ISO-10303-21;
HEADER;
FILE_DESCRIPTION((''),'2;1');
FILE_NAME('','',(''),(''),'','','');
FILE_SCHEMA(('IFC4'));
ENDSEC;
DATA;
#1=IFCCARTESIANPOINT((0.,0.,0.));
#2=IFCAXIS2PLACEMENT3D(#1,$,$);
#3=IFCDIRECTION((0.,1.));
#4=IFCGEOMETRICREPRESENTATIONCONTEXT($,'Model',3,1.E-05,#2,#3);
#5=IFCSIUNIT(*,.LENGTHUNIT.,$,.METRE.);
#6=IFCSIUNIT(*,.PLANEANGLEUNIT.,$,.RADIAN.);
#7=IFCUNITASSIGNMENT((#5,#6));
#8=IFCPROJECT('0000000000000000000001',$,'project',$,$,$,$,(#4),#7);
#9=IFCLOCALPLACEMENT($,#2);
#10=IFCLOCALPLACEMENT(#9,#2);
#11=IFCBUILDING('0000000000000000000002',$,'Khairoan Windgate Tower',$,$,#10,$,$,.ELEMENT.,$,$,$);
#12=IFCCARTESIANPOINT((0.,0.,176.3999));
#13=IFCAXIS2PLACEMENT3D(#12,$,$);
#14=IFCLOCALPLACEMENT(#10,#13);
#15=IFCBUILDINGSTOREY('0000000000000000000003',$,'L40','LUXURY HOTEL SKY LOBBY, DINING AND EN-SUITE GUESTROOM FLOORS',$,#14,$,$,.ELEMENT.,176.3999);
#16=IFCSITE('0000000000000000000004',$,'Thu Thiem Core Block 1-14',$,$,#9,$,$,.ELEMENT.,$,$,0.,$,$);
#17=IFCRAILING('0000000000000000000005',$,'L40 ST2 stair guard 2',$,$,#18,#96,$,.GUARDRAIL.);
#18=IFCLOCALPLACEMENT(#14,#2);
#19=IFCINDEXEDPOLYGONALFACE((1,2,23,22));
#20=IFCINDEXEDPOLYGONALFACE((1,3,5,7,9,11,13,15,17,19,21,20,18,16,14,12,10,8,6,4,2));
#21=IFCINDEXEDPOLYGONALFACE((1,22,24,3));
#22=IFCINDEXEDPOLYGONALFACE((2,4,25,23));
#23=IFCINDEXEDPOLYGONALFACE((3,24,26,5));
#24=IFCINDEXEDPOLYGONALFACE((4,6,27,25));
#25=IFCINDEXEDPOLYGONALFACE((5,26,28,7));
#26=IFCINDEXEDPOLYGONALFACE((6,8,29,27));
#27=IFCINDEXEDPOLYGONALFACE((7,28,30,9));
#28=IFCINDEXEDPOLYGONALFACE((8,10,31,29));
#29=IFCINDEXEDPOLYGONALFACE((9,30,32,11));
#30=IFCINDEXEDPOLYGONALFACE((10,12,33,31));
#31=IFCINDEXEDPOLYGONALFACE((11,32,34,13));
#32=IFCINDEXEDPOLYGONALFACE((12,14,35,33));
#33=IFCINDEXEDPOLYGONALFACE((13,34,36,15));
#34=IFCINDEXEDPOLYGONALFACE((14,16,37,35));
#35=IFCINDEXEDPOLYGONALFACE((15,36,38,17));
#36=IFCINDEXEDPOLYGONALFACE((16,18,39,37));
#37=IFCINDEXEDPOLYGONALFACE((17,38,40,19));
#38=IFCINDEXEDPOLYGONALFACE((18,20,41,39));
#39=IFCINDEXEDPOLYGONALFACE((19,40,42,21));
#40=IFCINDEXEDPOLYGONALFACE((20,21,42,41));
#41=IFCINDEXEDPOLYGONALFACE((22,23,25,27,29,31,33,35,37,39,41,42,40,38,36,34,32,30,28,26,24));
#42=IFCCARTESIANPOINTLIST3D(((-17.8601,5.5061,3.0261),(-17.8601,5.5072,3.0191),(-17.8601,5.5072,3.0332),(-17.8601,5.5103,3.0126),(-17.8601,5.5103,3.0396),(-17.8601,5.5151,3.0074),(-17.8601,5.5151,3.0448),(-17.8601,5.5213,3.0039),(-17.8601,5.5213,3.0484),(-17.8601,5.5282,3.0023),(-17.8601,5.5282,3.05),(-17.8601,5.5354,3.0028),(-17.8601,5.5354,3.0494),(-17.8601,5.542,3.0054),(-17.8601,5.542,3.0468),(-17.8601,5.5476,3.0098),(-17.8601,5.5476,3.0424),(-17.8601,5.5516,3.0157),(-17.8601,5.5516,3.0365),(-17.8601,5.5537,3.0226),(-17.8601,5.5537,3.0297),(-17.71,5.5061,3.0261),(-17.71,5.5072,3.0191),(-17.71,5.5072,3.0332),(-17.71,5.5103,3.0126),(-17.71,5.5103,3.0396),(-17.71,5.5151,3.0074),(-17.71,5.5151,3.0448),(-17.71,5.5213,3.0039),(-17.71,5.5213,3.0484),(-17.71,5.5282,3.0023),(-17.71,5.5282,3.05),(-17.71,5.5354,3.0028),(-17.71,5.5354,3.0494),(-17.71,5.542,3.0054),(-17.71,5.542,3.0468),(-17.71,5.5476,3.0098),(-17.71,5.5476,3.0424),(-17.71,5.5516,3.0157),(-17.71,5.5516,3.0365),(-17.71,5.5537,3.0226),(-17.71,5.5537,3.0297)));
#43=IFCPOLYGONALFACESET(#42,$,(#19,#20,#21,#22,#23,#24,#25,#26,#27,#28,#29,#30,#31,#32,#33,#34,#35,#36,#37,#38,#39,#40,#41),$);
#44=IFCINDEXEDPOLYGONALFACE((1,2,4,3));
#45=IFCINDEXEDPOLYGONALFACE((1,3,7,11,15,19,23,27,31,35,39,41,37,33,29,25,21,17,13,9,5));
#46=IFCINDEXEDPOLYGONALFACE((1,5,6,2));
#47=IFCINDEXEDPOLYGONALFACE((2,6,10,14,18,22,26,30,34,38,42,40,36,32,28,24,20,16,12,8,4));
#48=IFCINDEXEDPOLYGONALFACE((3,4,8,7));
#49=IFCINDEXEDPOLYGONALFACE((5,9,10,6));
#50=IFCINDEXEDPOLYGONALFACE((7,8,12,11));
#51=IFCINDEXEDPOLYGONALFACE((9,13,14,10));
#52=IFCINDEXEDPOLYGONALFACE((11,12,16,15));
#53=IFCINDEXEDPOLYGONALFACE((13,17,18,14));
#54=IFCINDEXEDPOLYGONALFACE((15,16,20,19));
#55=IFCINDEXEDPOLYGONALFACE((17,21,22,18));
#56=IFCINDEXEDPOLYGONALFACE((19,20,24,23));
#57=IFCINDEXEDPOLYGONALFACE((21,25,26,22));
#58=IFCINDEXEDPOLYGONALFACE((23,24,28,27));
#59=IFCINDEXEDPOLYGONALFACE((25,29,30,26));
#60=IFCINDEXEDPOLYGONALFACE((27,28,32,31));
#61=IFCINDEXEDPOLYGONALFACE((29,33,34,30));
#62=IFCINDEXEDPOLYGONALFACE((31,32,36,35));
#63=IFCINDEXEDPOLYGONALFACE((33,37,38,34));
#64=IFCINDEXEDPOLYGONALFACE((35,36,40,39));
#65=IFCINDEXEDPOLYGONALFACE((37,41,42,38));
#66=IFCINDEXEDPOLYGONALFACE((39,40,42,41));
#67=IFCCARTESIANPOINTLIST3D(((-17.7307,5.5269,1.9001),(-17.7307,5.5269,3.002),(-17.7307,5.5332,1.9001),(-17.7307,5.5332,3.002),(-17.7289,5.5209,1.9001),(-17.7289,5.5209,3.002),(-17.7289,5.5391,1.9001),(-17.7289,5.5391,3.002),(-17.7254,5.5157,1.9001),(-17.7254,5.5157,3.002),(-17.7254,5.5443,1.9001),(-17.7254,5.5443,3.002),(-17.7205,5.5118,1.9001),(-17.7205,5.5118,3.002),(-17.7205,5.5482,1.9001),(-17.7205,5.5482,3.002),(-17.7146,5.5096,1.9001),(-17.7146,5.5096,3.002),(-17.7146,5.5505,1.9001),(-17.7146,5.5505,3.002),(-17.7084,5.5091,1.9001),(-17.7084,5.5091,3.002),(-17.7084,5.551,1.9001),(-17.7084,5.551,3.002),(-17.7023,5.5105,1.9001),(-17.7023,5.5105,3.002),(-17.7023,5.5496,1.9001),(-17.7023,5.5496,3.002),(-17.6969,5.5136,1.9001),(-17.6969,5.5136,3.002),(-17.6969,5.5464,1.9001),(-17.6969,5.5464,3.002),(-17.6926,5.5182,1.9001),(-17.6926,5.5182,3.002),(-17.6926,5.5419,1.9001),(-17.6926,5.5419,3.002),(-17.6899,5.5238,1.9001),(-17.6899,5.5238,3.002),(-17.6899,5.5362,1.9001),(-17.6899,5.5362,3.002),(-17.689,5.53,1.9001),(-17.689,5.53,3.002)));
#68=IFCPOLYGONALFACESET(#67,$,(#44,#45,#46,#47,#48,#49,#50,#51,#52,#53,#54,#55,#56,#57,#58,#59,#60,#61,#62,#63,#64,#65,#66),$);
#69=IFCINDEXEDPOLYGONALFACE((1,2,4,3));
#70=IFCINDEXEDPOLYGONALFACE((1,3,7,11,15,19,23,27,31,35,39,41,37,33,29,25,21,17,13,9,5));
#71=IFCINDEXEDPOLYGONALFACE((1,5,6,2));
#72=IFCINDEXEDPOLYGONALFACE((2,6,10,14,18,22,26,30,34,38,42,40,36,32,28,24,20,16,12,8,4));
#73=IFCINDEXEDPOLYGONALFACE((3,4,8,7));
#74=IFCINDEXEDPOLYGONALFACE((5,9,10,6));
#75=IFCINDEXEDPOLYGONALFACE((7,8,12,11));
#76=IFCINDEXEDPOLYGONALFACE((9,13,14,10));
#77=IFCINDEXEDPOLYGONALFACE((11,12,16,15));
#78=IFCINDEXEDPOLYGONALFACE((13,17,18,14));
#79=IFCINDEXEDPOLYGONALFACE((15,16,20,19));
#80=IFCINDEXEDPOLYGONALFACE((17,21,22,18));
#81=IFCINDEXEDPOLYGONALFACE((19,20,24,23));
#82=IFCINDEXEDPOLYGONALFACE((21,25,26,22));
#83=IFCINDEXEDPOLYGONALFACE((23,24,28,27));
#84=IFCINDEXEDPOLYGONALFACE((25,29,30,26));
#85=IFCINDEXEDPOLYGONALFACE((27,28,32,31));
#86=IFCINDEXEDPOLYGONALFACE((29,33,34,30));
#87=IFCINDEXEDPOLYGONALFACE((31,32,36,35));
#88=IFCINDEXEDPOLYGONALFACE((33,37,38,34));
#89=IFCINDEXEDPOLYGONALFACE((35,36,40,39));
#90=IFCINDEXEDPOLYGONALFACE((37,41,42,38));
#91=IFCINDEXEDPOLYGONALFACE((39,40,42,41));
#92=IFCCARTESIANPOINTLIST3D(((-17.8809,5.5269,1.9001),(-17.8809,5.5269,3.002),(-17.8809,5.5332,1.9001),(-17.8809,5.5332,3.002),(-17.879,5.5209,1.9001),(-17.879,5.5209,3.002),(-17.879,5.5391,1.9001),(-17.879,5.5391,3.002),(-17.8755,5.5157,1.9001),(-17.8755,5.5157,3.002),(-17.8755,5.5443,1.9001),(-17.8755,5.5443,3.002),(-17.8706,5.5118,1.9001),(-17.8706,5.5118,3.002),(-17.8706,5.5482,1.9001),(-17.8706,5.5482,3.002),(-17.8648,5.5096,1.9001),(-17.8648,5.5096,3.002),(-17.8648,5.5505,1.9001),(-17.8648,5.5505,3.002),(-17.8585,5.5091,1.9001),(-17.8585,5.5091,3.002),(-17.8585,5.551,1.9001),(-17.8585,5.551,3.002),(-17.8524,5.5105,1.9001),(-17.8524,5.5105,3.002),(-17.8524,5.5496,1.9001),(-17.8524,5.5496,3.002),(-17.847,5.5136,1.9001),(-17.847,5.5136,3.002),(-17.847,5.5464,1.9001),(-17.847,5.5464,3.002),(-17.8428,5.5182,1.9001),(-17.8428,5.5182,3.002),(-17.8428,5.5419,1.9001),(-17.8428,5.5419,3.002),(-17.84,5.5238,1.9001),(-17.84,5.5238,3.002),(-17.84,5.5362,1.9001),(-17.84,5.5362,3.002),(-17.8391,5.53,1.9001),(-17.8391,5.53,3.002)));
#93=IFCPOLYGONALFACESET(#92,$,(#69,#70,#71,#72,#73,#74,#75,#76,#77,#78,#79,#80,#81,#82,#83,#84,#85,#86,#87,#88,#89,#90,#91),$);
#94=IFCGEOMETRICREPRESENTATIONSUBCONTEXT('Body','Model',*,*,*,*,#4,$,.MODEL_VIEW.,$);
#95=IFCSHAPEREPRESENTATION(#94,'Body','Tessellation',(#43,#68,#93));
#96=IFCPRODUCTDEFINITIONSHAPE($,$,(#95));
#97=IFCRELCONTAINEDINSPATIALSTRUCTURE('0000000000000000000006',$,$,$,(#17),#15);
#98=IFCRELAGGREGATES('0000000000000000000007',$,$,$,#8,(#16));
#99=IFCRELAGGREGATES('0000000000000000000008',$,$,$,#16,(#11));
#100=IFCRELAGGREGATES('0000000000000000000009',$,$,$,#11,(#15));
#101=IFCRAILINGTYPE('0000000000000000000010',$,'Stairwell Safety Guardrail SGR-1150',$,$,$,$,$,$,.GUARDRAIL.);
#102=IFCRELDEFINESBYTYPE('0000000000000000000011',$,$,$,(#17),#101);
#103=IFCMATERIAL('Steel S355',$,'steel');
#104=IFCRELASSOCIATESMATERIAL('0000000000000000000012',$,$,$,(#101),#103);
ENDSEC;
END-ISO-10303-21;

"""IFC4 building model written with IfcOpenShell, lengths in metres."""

from ifc_helpers import new_model, si_unit, direction, frame, origin, origin_2d, place, context, subcontext, project, spatial, circle, extrude, material, type_object, element, save


model = new_model("IFC4")

# Units and contexts
model_context = context("Model", 3, precision=1e-05, world=origin(), true_north=direction((0.0, 1.0)))
body_context = subcontext(model_context, "Body", "Model", "MODEL_VIEW")
ifc_project = project(units=[si_unit("LENGTHUNIT", "METRE"), si_unit("PLANEANGLEUNIT", "RADIAN")], contexts=[model_context])

# Site, building, storey
site_placement = place(None, origin())
site = spatial("IfcSite", under=ifc_project, at=site_placement, Name="Thu Thiem Core Block 1-14", CompositionType="ELEMENT", RefElevation=0.0)
building_placement = place(site_placement, origin())
building = spatial("IfcBuilding", under=site, at=building_placement, Name="Khairoan Windgate Tower", CompositionType="ELEMENT")
storey_placement = place(building_placement, frame((0.0, 0.0, 176.3999)))
storey = spatial("IfcBuildingStorey", under=building, at=storey_placement, Name="L40", Description="LUXURY HOTEL SKY LOBBY, DINING AND EN-SUITE GUESTROOM FLOORS", CompositionType="ELEMENT", Elevation=176.3999)

# Railing
ifc_material_1 = material(Name="Steel S355", Category="steel")
railing_type_1 = type_object("IfcRailingType", Name="Stairwell Safety Guardrail SGR-1150", PredefinedType="GUARDRAIL", material=ifc_material_1)
railing_1_placement = place(storey_placement, frame((-17.71, 5.53, 1.9001)))
element("IfcRailing", 1, at=railing_1_placement, inside=storey, type_object=railing_type_1, Name="L40 ST2 stair guard 2", PredefinedType="GUARDRAIL", context=body_context, shape_type="SweptSolid", body=[
    extrude(circle(Radius=0.0239, at=origin_2d()), frame((0.0, 0.0, 1.126), z_axis=(-1.0, 0.0, 0.0), x_axis=(0.0, -1.0, 0.0)), (0.0, 0.0, 1.0), 0.1501),
    extrude(circle(Radius=0.021, at=origin_2d()), origin(), (0.0, 0.0, 1.0), 1.1018),
    extrude(circle(Radius=0.021, at=origin_2d()), frame((-0.1501, 0.0, 0.0)), (0.0, 0.0, 1.0), 1.1018),
])

save(model, "model.ifc")
